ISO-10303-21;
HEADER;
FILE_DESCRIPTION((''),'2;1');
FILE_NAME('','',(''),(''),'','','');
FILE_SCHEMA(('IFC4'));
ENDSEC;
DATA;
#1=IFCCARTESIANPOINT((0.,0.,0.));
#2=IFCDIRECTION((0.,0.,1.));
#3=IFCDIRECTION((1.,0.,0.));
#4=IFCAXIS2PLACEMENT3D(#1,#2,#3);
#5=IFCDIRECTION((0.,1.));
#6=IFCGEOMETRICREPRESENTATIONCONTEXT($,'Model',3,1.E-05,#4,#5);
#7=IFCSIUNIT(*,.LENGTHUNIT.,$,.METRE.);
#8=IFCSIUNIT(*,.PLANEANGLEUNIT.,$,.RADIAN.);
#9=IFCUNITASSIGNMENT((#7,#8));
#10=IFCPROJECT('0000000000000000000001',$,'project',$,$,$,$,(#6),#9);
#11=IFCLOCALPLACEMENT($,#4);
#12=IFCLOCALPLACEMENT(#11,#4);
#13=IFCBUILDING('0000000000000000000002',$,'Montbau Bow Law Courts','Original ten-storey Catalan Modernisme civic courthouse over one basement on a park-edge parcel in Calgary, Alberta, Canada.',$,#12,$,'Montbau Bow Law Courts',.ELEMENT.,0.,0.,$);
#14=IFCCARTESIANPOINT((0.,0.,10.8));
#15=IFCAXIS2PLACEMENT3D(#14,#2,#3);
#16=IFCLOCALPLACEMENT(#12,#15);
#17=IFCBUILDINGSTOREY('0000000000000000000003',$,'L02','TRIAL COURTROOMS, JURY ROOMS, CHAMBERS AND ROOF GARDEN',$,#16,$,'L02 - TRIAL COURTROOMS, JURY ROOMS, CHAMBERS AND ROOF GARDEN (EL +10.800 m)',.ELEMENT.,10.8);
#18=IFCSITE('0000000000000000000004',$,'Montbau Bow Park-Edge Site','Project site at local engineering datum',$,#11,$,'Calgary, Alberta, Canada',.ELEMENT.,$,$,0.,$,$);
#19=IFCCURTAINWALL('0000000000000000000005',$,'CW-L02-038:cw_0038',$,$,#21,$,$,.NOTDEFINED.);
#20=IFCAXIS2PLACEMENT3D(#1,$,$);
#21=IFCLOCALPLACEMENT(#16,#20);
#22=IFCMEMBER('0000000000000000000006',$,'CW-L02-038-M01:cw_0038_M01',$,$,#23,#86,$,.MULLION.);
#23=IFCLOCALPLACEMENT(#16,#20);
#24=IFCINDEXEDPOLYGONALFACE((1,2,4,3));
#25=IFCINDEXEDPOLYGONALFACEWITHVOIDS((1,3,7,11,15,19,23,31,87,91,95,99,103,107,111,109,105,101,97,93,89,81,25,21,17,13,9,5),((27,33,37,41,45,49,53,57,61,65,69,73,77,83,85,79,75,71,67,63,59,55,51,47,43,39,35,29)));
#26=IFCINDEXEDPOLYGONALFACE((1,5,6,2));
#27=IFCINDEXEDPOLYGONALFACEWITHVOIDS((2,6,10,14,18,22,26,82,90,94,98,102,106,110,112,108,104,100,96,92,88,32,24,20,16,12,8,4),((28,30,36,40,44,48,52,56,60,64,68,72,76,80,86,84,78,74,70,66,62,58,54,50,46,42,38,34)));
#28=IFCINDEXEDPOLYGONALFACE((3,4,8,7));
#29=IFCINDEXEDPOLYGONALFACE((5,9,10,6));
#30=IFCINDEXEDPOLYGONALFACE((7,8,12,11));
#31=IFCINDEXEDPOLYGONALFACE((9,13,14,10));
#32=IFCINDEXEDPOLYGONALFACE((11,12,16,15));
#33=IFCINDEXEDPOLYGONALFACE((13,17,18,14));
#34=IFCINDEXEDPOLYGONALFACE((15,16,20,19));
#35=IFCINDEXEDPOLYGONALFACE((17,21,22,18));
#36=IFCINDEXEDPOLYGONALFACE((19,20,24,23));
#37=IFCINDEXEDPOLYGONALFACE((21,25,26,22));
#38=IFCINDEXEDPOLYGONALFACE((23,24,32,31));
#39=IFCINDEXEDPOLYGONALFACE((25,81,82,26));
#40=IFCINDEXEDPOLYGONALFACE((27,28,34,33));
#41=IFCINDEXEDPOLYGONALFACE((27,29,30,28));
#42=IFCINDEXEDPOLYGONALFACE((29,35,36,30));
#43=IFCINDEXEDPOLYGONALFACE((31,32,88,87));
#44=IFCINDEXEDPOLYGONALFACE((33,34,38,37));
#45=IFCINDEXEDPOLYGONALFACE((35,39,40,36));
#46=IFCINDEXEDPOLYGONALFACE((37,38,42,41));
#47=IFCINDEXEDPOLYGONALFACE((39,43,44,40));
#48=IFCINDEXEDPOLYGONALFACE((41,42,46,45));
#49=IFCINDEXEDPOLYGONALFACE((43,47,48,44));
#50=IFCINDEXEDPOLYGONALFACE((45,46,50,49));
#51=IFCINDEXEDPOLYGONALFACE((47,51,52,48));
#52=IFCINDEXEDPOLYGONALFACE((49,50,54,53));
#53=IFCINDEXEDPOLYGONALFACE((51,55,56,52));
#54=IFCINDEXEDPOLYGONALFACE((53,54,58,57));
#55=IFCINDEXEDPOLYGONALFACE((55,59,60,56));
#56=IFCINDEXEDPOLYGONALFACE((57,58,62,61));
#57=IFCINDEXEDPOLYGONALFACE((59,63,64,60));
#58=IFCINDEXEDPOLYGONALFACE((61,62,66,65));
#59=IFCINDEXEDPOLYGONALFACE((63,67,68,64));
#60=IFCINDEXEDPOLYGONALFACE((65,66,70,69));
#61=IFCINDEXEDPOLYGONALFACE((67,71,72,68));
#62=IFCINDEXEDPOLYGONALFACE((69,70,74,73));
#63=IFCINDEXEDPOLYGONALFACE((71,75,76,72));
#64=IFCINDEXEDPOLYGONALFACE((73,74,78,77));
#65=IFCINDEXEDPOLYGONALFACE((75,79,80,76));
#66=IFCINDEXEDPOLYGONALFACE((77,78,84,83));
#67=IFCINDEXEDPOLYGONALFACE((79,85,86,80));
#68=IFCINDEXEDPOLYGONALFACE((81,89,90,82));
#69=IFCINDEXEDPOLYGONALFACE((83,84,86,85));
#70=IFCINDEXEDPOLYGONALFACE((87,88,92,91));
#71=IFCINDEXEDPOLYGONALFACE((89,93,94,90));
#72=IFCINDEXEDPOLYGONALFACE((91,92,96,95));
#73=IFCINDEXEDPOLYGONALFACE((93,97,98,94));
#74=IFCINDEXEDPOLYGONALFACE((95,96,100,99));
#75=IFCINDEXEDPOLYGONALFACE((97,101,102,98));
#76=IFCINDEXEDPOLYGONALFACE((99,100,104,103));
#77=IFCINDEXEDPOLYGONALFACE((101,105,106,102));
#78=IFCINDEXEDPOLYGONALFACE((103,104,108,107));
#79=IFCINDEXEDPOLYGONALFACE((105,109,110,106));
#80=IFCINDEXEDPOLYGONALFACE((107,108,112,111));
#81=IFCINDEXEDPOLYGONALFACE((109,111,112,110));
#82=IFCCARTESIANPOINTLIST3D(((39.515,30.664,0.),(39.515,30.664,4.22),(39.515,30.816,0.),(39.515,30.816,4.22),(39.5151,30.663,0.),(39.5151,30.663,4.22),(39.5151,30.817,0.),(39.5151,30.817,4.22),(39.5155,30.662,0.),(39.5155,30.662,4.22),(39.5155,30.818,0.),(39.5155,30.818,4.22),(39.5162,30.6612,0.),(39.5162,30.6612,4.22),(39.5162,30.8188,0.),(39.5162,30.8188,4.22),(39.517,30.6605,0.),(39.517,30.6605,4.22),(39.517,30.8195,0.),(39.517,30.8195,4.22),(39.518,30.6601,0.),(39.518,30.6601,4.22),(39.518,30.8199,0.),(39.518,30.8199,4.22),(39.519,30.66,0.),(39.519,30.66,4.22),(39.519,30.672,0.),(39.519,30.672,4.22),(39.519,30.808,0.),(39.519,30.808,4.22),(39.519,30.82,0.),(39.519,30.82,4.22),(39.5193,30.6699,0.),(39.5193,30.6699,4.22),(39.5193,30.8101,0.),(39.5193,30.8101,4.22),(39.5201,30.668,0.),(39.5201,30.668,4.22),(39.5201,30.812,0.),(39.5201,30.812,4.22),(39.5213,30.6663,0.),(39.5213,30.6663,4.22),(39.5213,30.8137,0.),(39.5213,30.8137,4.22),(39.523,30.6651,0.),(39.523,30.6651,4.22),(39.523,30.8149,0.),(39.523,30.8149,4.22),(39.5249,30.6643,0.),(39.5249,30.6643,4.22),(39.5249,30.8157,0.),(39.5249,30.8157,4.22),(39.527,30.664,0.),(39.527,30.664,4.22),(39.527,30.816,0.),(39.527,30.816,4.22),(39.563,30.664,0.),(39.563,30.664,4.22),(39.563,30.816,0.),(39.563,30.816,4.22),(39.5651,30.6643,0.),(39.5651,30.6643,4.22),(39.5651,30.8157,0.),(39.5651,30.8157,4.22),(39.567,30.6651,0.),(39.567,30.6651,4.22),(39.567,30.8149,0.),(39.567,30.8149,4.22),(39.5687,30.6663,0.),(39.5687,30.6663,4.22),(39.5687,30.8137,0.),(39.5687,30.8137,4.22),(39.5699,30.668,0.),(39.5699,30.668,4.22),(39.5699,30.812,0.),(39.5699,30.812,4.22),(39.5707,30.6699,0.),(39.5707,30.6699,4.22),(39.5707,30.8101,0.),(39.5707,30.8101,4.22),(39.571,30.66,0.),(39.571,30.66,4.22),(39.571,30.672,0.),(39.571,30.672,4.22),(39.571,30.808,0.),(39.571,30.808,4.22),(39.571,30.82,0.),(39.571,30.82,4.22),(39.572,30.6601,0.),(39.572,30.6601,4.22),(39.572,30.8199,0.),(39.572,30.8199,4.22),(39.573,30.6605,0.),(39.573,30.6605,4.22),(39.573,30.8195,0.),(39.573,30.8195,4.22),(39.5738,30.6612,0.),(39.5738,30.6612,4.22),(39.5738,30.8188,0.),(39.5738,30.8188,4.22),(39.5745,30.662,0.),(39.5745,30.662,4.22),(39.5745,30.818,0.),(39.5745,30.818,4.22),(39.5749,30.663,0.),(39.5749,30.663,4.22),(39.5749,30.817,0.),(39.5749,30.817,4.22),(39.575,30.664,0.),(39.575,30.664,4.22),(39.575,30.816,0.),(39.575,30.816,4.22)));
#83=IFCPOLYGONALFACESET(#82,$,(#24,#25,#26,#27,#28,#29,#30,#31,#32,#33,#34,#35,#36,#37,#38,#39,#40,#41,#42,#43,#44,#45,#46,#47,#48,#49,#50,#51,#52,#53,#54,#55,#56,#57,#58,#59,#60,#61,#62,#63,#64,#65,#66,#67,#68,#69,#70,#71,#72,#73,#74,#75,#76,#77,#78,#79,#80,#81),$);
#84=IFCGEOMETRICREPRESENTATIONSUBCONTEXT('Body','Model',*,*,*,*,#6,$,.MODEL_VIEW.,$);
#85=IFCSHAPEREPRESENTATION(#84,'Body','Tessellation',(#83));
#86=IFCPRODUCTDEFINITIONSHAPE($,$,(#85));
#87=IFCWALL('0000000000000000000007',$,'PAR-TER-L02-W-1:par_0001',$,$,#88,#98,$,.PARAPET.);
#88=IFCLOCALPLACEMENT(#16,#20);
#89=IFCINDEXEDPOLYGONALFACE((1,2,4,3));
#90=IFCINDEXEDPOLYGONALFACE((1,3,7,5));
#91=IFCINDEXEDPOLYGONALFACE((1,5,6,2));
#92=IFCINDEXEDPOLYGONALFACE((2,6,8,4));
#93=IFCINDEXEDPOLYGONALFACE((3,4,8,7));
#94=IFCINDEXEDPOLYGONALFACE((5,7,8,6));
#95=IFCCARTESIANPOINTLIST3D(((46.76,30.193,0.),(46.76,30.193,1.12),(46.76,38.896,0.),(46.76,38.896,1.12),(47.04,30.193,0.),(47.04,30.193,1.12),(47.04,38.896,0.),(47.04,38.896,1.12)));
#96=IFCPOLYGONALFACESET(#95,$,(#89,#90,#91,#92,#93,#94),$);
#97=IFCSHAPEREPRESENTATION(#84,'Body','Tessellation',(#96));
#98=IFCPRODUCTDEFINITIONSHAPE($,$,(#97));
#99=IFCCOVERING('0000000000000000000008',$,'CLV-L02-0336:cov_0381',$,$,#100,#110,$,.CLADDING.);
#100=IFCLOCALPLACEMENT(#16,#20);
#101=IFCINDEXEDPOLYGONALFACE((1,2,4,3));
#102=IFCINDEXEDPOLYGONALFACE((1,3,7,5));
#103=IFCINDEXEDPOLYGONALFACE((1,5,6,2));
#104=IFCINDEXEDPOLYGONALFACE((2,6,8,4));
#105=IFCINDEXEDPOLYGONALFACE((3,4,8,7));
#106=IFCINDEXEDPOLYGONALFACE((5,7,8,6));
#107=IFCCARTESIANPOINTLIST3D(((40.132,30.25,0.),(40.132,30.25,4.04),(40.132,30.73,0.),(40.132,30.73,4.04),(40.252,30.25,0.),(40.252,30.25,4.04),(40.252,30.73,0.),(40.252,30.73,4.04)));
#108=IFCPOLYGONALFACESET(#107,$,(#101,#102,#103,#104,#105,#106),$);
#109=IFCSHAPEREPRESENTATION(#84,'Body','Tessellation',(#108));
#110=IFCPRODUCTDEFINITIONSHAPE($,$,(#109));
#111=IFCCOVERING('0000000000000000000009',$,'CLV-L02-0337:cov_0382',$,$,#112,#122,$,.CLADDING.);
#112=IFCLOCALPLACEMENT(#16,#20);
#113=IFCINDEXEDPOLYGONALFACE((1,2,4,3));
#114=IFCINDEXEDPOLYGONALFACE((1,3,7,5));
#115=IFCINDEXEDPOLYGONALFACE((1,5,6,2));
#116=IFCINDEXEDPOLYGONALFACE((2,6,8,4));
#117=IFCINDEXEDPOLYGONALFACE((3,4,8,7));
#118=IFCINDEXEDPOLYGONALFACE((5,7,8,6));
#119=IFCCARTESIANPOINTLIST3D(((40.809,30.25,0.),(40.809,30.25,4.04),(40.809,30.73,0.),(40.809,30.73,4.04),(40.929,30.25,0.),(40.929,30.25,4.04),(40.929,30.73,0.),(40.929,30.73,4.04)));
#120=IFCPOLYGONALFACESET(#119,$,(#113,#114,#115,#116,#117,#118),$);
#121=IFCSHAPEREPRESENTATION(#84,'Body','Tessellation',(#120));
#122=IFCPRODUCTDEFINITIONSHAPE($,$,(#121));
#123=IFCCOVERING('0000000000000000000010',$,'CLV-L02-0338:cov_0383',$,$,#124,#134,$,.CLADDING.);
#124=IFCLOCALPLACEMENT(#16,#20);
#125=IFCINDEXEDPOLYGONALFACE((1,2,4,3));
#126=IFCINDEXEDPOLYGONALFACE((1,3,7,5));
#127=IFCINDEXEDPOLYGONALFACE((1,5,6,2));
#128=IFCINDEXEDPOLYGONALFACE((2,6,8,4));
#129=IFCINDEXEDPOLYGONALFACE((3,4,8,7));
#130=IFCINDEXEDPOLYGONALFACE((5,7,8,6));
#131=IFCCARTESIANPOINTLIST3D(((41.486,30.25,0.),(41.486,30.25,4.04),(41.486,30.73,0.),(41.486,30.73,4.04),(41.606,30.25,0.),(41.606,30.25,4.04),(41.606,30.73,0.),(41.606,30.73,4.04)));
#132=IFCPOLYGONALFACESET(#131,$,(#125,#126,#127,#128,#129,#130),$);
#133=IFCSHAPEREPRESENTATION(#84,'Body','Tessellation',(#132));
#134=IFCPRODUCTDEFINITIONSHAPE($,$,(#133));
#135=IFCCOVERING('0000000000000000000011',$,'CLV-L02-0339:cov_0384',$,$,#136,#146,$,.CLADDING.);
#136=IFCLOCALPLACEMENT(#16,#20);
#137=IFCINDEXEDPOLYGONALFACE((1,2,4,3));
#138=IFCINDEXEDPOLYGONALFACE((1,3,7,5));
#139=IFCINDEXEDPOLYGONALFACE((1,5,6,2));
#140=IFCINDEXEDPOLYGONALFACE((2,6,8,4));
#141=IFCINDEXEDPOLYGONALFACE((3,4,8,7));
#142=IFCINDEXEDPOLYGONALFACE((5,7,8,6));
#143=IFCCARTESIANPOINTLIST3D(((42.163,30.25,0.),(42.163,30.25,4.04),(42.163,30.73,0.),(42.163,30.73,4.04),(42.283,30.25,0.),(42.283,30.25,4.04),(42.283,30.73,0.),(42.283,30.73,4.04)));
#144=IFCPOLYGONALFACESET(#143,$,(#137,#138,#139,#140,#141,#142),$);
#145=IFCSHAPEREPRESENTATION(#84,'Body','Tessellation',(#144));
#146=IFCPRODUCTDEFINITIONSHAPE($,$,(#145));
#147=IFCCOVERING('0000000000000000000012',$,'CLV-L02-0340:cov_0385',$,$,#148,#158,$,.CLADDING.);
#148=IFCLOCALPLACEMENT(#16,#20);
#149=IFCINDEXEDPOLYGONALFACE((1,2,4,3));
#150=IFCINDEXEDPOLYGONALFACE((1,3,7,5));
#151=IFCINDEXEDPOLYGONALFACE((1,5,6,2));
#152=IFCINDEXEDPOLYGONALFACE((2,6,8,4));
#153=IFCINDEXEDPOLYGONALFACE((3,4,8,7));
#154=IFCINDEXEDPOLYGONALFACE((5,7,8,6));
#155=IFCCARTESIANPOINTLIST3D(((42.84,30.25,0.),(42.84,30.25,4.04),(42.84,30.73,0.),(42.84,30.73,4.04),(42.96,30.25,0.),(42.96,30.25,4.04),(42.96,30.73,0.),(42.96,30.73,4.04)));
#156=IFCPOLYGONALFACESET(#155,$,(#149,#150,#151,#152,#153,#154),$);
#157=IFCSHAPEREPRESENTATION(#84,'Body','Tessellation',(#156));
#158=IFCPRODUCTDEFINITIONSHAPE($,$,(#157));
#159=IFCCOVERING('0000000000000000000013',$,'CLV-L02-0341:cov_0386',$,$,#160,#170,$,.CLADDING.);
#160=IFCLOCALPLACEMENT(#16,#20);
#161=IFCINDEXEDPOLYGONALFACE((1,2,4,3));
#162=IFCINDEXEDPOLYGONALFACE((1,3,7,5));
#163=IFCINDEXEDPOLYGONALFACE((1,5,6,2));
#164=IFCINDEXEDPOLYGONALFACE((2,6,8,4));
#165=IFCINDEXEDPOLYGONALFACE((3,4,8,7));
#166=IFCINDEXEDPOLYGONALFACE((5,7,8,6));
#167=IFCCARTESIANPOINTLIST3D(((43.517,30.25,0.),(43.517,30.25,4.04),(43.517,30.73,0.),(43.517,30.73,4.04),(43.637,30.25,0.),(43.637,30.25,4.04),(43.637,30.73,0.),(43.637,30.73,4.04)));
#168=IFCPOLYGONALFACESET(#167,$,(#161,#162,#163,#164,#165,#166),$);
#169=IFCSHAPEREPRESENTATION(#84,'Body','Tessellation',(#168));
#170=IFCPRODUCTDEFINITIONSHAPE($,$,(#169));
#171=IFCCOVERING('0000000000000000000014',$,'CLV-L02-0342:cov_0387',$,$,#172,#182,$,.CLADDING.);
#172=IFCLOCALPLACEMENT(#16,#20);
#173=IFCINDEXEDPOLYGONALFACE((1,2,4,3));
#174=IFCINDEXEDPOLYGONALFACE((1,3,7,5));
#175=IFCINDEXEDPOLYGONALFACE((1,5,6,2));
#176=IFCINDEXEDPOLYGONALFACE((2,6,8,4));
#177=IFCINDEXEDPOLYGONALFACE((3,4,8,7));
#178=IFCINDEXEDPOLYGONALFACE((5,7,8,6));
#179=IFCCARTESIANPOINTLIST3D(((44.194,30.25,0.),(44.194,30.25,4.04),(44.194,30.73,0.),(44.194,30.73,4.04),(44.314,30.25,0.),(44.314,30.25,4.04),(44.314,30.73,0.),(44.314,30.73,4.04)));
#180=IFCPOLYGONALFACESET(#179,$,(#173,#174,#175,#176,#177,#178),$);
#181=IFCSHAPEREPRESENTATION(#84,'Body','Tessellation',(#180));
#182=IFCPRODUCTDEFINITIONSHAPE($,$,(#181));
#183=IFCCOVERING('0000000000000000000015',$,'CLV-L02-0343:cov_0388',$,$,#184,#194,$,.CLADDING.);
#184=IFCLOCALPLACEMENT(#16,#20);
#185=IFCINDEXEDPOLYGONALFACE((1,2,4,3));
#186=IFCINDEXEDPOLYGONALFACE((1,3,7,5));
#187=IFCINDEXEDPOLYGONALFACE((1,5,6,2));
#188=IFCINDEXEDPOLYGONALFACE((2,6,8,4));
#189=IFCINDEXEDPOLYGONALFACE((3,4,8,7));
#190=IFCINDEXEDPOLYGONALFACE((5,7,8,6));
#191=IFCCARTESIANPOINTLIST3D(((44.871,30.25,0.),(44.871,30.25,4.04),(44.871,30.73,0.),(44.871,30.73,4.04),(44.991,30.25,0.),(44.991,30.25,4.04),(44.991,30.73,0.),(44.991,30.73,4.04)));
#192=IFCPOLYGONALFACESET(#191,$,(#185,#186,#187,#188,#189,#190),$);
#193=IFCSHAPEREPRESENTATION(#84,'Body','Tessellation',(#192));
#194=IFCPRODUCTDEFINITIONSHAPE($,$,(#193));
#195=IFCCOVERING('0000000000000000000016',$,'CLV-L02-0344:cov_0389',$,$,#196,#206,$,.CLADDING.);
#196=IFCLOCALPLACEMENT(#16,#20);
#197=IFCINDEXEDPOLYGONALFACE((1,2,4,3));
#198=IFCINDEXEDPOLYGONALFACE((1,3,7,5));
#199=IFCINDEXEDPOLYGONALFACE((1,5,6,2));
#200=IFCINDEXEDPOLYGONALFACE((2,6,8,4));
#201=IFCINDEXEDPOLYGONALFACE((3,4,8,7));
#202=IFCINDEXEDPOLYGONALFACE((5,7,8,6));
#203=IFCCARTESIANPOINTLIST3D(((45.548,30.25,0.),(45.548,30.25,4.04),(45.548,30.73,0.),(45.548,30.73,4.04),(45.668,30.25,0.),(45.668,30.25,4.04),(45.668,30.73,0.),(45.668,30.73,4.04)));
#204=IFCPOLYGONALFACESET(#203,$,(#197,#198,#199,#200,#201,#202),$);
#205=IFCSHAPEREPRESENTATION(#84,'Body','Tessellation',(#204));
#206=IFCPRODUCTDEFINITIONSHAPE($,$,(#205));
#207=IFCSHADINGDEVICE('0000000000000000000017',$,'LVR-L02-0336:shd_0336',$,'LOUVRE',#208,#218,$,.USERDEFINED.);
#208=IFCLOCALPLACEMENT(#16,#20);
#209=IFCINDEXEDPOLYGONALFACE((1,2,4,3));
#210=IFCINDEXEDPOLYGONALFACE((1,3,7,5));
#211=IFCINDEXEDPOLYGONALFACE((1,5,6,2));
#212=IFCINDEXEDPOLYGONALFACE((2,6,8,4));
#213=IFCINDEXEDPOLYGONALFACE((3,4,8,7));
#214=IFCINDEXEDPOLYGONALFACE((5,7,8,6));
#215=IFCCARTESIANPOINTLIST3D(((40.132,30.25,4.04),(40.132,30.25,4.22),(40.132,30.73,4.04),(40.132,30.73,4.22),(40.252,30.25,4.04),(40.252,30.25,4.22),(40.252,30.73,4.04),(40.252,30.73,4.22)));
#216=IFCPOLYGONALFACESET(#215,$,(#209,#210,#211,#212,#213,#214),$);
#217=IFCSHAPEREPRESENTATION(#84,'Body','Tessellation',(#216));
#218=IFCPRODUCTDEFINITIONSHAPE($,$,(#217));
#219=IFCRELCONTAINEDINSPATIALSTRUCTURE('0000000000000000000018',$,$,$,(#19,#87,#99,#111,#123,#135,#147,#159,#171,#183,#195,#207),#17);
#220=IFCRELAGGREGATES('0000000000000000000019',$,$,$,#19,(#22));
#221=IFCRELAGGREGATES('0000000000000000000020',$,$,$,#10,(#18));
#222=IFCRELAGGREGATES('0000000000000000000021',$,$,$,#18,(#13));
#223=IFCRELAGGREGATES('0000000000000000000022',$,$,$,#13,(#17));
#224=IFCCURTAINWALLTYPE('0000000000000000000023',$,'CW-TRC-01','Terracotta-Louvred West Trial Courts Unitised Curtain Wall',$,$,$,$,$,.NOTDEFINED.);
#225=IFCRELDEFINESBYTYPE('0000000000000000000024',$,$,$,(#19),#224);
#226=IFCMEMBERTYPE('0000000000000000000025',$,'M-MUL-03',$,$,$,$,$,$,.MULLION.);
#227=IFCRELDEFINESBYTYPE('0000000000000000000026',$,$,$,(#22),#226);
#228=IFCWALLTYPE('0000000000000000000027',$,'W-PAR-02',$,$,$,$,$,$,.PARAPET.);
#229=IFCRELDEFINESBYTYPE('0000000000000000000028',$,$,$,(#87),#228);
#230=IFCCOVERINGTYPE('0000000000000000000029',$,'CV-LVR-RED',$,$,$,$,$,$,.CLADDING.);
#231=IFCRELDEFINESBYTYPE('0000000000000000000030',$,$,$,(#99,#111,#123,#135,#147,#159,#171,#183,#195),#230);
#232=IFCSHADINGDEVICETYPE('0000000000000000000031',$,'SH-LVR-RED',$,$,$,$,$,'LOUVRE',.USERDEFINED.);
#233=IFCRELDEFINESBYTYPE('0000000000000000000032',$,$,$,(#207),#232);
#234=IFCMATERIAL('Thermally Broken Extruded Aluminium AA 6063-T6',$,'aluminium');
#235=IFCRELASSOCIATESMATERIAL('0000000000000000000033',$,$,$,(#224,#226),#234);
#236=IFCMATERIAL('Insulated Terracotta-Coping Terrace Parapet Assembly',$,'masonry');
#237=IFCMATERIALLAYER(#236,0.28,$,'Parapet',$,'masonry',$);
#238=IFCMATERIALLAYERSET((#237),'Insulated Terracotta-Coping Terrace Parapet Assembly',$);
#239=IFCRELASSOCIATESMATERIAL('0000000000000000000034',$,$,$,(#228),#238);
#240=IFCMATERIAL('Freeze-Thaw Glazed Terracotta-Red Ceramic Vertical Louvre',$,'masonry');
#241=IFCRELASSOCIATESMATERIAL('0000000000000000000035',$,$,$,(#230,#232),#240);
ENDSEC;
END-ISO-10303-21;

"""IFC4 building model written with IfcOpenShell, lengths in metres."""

from ifc_helpers import new_model, si_unit, direction, frame, frame_2d, origin_with_axes, origin_2d_with_axis, place, context, subcontext, project, spatial, rectangle, hollow_rectangle, extrude, material, layer, layer_set, material_profile, profile_set, type_object, element, aggregate, save


model = new_model("IFC4")

# Units and contexts
model_context = context("Model", 3, precision=1e-05, world=origin_with_axes(), true_north=direction((0.0, 1.0)))
body_context = subcontext(model_context, "Body", "Model", "MODEL_VIEW")
ifc_project = project(units=[si_unit("LENGTHUNIT", "METRE"), si_unit("PLANEANGLEUNIT", "RADIAN")], contexts=[model_context])

# Site, building, storey
site_placement = place(None, origin_with_axes())
site = spatial("IfcSite", under=ifc_project, at=site_placement, Name="Montbau Bow Park-Edge Site", Description="Project site at local engineering datum", LongName="Calgary, Alberta, Canada", CompositionType="ELEMENT", RefElevation=0.0)
building_placement = place(site_placement, origin_with_axes())
building = spatial("IfcBuilding", under=site, at=building_placement, Name="Montbau Bow Law Courts", Description="Original ten-storey Catalan Modernisme civic courthouse over one basement on a park-edge parcel in Calgary, Alberta, Canada.", LongName="Montbau Bow Law Courts", CompositionType="ELEMENT", ElevationOfRefHeight=0.0, ElevationOfTerrain=0.0)
storey_placement = place(building_placement, frame((0.0, 0.0, 10.8), z_axis=(0.0, 0.0, 1.0), x_axis=(1.0, 0.0, 0.0)))
storey = spatial("IfcBuildingStorey", under=building, at=storey_placement, Name="L02", Description="TRIAL COURTROOMS, JURY ROOMS, CHAMBERS AND ROOF GARDEN", LongName="L02 - TRIAL COURTROOMS, JURY ROOMS, CHAMBERS AND ROOF GARDEN (EL +10.800 m)", CompositionType="ELEMENT", Elevation=10.8)

# Curtain wall, member
ifc_material_1 = material(Name="Thermally Broken Extruded Aluminium AA 6063-T6", Category="aluminium")
curtain_wall_type = type_object("IfcCurtainWallType", Name="CW-TRC-01", Description="Terracotta-Louvred West Trial Courts Unitised Curtain Wall", PredefinedType="NOTDEFINED", material=ifc_material_1)
curtain_wall_placement = place(None, frame((39.515, 30.74, 10.8), z_axis=(0.0, 0.0, 1.0), x_axis=(1.0, 0.0, 0.0)))
curtain_wall = element("IfcCurtainWall", 1, at=curtain_wall_placement, inside=storey, type_object=curtain_wall_type, Name="CW-L02-038:cw_0038", PredefinedType="NOTDEFINED")
ifc_material_profile_1 = material_profile(ifc_material_1, hollow_rectangle(XDim=0.06, YDim=0.16, WallThickness=0.004, InnerFilletRadius=0.008, OuterFilletRadius=0.004, at=origin_2d_with_axis()), Name="CWM-160X60", Category="Main", Priority=0)
ifc_profile_set_1 = profile_set([ifc_material_profile_1], Name="Thermally Broken Extruded Aluminium AA 6063-T6")
member_type = type_object("IfcMemberType", Name="M-MUL-03", PredefinedType="MULLION", material=ifc_profile_set_1)
member_placement = place(None, frame((39.545, 30.74, 10.8), z_axis=(0.0, 0.0, 1.0), x_axis=(1.0, 0.0, 0.0)))
member = element("IfcMember", 2, at=member_placement, type_object=member_type, Name="CW-L02-038-M01:cw_0038_M01", PredefinedType="MULLION", context=body_context, shape_type="SweptSolid", body=[
    extrude(hollow_rectangle(XDim=0.06, YDim=0.16, WallThickness=0.004, InnerFilletRadius=0.008, OuterFilletRadius=0.004, at=origin_2d_with_axis()), origin_with_axes(), (0.0, 0.0, 1.0), 4.22),
])
aggregate(curtain_wall, [member])

# Wall
ifc_material_2 = material(Name="Insulated Terracotta-Coping Terrace Parapet Assembly", Category="masonry")
ifc_layer = layer(ifc_material_2, 0.28, Name="Parapet", Category="masonry")
ifc_layer_set = layer_set([ifc_layer], Name="Insulated Terracotta-Coping Terrace Parapet Assembly")
wall_type = type_object("IfcWallType", Name="W-PAR-02", PredefinedType="PARAPET", material=ifc_layer_set)
wall_placement = place(None, frame((46.9, 30.193, 10.8), z_axis=(0.0, 0.0, 1.0), x_axis=(0.0, 1.0, 0.0)))
element("IfcWall", 3, at=wall_placement, inside=storey, type_object=wall_type, Name="PAR-TER-L02-W-1:par_0001", PredefinedType="PARAPET", context=body_context, shape_type="SweptSolid", body=[
    extrude(rectangle(XDim=8.703, YDim=0.28, at=frame_2d((4.3515, 0.0), x_axis=(1.0, 0.0))), origin_with_axes(), (0.0, 0.0, 1.0), 1.12),
])

# Coverings
ifc_material_3 = material(Name="Freeze-Thaw Glazed Terracotta-Red Ceramic Vertical Louvre", Category="masonry")
covering_type = type_object("IfcCoveringType", Name="CV-LVR-RED", PredefinedType="CLADDING", material=ifc_material_3)
for number, where, z_axis, x_axis, name in (
    (4, (40.192, 30.73, 10.8), (-1.0, 0.0, 0.0), (0.0, -1.0, 0.0), "CLV-L02-0336:cov_0381"),
    (5, (40.869, 30.73, 10.8), (-1.0, 0.0, 0.0), (0.0, -1.0, 0.0), "CLV-L02-0337:cov_0382"),
    (6, (41.546, 30.73, 10.8), (-1.0, 0.0, 0.0), (0.0, -1.0, 0.0), "CLV-L02-0338:cov_0383"),
    (7, (42.223, 30.73, 10.8), (-1.0, 0.0, 0.0), (0.0, -1.0, 0.0), "CLV-L02-0339:cov_0384"),
    (8, (42.9, 30.73, 10.8), (-1.0, 0.0, 0.0), (0.0, -1.0, 0.0), "CLV-L02-0340:cov_0385"),
    (9, (43.577, 30.73, 10.8), (-1.0, 0.0, 0.0), (0.0, -1.0, 0.0), "CLV-L02-0341:cov_0386"),
    (10, (44.254, 30.73, 10.8), (-1.0, 0.0, 0.0), (0.0, -1.0, 0.0), "CLV-L02-0342:cov_0387"),
    (11, (44.931, 30.73, 10.8), (-1.0, 0.0, 0.0), (0.0, -1.0, 0.0), "CLV-L02-0343:cov_0388"),
    (12, (45.608, 30.73, 10.8), (-1.0, 0.0, 0.0), (0.0, -1.0, 0.0), "CLV-L02-0344:cov_0389"),
):
    element("IfcCovering", number, at=place(None, frame(where, z_axis=z_axis, x_axis=x_axis)), inside=storey, type_object=covering_type, Name=name, PredefinedType="CLADDING", context=body_context, shape_type="SweptSolid", body=[
        extrude(rectangle(XDim=0.48, YDim=4.04, at=frame_2d((0.24, 2.02), x_axis=(1.0, 0.0))), frame((0.0, 0.0, -0.06), z_axis=(0.0, 0.0, 1.0), x_axis=(1.0, 0.0, 0.0)), (0.0, 0.0, 1.0), 0.12),
    ])

# Shading device
shading_device_type = type_object("IfcShadingDeviceType", Name="SH-LVR-RED", ElementType="LOUVRE", PredefinedType="USERDEFINED", material=ifc_material_3)
for number, where, z_axis, x_axis, name in (
    (13, (40.192, 30.49, 14.84), (0.0, 0.0, 1.0), (0.0, -1.0, 0.0), "LVR-L02-0336:shd_0336"),
):
    element("IfcShadingDevice", number, at=place(None, frame(where, z_axis=z_axis, x_axis=x_axis)), inside=storey, type_object=shading_device_type, Name=name, ObjectType="LOUVRE", PredefinedType="USERDEFINED", context=body_context, shape_type="SweptSolid", body=[
        extrude(rectangle(XDim=0.48, YDim=0.12, at=origin_2d_with_axis()), origin_with_axes(), (0.0, 0.0, 1.0), 0.18),
    ])

save(model, "model.ifc")
